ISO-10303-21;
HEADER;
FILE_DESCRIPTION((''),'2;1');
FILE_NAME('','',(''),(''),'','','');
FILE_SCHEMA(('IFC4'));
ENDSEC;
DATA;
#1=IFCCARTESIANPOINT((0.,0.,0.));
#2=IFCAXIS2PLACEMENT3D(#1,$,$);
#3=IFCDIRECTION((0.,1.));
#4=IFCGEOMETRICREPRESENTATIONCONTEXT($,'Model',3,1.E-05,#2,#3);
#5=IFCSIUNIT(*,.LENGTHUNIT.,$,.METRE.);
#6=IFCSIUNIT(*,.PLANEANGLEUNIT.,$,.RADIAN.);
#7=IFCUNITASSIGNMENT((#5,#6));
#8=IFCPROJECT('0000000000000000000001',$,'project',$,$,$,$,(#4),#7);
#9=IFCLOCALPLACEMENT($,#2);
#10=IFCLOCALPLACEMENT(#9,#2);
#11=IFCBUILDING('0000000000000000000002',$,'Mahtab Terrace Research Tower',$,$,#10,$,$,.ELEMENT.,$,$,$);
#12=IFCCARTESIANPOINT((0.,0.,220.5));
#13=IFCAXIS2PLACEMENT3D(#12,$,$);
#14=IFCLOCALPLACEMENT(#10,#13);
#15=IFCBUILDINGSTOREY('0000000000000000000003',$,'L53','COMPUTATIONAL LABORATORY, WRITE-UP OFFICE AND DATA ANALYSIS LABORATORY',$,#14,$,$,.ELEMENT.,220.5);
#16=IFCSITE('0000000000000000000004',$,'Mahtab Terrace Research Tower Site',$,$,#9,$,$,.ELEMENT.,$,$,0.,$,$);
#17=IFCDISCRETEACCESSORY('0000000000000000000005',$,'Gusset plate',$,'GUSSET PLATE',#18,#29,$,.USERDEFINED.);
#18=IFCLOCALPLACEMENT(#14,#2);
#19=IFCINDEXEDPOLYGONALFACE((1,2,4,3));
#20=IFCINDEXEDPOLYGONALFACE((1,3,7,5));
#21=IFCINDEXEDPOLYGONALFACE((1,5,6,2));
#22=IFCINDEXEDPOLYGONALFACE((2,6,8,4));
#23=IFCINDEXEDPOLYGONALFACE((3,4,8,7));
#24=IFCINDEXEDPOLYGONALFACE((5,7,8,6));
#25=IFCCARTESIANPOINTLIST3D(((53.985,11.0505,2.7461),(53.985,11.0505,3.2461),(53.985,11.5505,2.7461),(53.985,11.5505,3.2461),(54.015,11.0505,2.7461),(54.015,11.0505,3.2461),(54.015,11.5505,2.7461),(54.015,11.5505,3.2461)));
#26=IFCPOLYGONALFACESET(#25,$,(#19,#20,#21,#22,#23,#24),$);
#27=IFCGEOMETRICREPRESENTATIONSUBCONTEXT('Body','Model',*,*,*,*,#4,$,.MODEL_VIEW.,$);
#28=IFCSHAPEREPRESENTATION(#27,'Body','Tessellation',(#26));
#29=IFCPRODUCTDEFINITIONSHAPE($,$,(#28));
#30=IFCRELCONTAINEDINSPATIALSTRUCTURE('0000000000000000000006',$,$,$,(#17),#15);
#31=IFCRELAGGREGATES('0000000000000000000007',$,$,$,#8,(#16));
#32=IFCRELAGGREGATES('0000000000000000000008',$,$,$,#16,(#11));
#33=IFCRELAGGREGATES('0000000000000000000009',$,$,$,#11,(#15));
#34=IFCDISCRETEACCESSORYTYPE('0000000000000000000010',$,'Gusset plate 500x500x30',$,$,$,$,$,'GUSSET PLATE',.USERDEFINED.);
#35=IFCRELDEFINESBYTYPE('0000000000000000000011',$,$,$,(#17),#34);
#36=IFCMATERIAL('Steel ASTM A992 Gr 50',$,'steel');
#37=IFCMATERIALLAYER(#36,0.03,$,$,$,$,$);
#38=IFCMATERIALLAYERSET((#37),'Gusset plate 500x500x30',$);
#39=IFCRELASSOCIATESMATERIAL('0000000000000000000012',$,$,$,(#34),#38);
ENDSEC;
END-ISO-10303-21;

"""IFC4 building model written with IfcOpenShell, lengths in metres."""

from ifc_helpers import new_model, si_unit, direction, frame, origin, origin_2d, place, context, subcontext, project, spatial, rectangle, extrude, material, layer, layer_set, type_object, element, save


model = new_model("IFC4")

# Units and contexts
model_context = context("Model", 3, precision=1e-05, world=origin(), true_north=direction((0.0, 1.0)))
body_context = subcontext(model_context, "Body", "Model", "MODEL_VIEW")
ifc_project = project(units=[si_unit("LENGTHUNIT", "METRE"), si_unit("PLANEANGLEUNIT", "RADIAN")], contexts=[model_context])

# Site, building, storey
site_placement = place(None, origin())
site = spatial("IfcSite", under=ifc_project, at=site_placement, Name="Mahtab Terrace Research Tower Site", CompositionType="ELEMENT", RefElevation=0.0)
building_placement = place(site_placement, origin())
building = spatial("IfcBuilding", under=site, at=building_placement, Name="Mahtab Terrace Research Tower", CompositionType="ELEMENT")
storey_placement = place(building_placement, frame((0.0, 0.0, 220.5)))
storey = spatial("IfcBuildingStorey", under=building, at=storey_placement, Name="L53", Description="COMPUTATIONAL LABORATORY, WRITE-UP OFFICE AND DATA ANALYSIS LABORATORY", CompositionType="ELEMENT", Elevation=220.5)

# Shared definitions
ifc_material_1 = material(Name="Steel ASTM A992 Gr 50", Category="steel")

# Discrete accessory
ifc_layer_1 = layer(ifc_material_1, 0.03)
ifc_layer_set_1 = layer_set([ifc_layer_1], Name="Gusset plate 500x500x30")
discrete_accessory_type = type_object("IfcDiscreteAccessoryType", Name="Gusset plate 500x500x30", ElementType="GUSSET PLATE", PredefinedType="USERDEFINED", material=ifc_layer_set_1)
for number, where, z_axis, x_axis, name in (
    (1, (54.0, 11.3005, 2.7461), (0.0, 0.0, 1.0), (0.0, 1.0, 0.0), "Gusset plate"),
):
    element("IfcDiscreteAccessory", number, at=place(storey_placement, frame(where, z_axis=z_axis, x_axis=x_axis)), inside=storey, type_object=discrete_accessory_type, Name=name, ObjectType="GUSSET PLATE", PredefinedType="USERDEFINED", context=body_context, shape_type="SweptSolid", body=[
        extrude(rectangle(XDim=0.5, YDim=0.03, at=origin_2d()), origin(), (0.0, 0.0, 1.0), 0.5),
    ])

save(model, "model.ifc")
